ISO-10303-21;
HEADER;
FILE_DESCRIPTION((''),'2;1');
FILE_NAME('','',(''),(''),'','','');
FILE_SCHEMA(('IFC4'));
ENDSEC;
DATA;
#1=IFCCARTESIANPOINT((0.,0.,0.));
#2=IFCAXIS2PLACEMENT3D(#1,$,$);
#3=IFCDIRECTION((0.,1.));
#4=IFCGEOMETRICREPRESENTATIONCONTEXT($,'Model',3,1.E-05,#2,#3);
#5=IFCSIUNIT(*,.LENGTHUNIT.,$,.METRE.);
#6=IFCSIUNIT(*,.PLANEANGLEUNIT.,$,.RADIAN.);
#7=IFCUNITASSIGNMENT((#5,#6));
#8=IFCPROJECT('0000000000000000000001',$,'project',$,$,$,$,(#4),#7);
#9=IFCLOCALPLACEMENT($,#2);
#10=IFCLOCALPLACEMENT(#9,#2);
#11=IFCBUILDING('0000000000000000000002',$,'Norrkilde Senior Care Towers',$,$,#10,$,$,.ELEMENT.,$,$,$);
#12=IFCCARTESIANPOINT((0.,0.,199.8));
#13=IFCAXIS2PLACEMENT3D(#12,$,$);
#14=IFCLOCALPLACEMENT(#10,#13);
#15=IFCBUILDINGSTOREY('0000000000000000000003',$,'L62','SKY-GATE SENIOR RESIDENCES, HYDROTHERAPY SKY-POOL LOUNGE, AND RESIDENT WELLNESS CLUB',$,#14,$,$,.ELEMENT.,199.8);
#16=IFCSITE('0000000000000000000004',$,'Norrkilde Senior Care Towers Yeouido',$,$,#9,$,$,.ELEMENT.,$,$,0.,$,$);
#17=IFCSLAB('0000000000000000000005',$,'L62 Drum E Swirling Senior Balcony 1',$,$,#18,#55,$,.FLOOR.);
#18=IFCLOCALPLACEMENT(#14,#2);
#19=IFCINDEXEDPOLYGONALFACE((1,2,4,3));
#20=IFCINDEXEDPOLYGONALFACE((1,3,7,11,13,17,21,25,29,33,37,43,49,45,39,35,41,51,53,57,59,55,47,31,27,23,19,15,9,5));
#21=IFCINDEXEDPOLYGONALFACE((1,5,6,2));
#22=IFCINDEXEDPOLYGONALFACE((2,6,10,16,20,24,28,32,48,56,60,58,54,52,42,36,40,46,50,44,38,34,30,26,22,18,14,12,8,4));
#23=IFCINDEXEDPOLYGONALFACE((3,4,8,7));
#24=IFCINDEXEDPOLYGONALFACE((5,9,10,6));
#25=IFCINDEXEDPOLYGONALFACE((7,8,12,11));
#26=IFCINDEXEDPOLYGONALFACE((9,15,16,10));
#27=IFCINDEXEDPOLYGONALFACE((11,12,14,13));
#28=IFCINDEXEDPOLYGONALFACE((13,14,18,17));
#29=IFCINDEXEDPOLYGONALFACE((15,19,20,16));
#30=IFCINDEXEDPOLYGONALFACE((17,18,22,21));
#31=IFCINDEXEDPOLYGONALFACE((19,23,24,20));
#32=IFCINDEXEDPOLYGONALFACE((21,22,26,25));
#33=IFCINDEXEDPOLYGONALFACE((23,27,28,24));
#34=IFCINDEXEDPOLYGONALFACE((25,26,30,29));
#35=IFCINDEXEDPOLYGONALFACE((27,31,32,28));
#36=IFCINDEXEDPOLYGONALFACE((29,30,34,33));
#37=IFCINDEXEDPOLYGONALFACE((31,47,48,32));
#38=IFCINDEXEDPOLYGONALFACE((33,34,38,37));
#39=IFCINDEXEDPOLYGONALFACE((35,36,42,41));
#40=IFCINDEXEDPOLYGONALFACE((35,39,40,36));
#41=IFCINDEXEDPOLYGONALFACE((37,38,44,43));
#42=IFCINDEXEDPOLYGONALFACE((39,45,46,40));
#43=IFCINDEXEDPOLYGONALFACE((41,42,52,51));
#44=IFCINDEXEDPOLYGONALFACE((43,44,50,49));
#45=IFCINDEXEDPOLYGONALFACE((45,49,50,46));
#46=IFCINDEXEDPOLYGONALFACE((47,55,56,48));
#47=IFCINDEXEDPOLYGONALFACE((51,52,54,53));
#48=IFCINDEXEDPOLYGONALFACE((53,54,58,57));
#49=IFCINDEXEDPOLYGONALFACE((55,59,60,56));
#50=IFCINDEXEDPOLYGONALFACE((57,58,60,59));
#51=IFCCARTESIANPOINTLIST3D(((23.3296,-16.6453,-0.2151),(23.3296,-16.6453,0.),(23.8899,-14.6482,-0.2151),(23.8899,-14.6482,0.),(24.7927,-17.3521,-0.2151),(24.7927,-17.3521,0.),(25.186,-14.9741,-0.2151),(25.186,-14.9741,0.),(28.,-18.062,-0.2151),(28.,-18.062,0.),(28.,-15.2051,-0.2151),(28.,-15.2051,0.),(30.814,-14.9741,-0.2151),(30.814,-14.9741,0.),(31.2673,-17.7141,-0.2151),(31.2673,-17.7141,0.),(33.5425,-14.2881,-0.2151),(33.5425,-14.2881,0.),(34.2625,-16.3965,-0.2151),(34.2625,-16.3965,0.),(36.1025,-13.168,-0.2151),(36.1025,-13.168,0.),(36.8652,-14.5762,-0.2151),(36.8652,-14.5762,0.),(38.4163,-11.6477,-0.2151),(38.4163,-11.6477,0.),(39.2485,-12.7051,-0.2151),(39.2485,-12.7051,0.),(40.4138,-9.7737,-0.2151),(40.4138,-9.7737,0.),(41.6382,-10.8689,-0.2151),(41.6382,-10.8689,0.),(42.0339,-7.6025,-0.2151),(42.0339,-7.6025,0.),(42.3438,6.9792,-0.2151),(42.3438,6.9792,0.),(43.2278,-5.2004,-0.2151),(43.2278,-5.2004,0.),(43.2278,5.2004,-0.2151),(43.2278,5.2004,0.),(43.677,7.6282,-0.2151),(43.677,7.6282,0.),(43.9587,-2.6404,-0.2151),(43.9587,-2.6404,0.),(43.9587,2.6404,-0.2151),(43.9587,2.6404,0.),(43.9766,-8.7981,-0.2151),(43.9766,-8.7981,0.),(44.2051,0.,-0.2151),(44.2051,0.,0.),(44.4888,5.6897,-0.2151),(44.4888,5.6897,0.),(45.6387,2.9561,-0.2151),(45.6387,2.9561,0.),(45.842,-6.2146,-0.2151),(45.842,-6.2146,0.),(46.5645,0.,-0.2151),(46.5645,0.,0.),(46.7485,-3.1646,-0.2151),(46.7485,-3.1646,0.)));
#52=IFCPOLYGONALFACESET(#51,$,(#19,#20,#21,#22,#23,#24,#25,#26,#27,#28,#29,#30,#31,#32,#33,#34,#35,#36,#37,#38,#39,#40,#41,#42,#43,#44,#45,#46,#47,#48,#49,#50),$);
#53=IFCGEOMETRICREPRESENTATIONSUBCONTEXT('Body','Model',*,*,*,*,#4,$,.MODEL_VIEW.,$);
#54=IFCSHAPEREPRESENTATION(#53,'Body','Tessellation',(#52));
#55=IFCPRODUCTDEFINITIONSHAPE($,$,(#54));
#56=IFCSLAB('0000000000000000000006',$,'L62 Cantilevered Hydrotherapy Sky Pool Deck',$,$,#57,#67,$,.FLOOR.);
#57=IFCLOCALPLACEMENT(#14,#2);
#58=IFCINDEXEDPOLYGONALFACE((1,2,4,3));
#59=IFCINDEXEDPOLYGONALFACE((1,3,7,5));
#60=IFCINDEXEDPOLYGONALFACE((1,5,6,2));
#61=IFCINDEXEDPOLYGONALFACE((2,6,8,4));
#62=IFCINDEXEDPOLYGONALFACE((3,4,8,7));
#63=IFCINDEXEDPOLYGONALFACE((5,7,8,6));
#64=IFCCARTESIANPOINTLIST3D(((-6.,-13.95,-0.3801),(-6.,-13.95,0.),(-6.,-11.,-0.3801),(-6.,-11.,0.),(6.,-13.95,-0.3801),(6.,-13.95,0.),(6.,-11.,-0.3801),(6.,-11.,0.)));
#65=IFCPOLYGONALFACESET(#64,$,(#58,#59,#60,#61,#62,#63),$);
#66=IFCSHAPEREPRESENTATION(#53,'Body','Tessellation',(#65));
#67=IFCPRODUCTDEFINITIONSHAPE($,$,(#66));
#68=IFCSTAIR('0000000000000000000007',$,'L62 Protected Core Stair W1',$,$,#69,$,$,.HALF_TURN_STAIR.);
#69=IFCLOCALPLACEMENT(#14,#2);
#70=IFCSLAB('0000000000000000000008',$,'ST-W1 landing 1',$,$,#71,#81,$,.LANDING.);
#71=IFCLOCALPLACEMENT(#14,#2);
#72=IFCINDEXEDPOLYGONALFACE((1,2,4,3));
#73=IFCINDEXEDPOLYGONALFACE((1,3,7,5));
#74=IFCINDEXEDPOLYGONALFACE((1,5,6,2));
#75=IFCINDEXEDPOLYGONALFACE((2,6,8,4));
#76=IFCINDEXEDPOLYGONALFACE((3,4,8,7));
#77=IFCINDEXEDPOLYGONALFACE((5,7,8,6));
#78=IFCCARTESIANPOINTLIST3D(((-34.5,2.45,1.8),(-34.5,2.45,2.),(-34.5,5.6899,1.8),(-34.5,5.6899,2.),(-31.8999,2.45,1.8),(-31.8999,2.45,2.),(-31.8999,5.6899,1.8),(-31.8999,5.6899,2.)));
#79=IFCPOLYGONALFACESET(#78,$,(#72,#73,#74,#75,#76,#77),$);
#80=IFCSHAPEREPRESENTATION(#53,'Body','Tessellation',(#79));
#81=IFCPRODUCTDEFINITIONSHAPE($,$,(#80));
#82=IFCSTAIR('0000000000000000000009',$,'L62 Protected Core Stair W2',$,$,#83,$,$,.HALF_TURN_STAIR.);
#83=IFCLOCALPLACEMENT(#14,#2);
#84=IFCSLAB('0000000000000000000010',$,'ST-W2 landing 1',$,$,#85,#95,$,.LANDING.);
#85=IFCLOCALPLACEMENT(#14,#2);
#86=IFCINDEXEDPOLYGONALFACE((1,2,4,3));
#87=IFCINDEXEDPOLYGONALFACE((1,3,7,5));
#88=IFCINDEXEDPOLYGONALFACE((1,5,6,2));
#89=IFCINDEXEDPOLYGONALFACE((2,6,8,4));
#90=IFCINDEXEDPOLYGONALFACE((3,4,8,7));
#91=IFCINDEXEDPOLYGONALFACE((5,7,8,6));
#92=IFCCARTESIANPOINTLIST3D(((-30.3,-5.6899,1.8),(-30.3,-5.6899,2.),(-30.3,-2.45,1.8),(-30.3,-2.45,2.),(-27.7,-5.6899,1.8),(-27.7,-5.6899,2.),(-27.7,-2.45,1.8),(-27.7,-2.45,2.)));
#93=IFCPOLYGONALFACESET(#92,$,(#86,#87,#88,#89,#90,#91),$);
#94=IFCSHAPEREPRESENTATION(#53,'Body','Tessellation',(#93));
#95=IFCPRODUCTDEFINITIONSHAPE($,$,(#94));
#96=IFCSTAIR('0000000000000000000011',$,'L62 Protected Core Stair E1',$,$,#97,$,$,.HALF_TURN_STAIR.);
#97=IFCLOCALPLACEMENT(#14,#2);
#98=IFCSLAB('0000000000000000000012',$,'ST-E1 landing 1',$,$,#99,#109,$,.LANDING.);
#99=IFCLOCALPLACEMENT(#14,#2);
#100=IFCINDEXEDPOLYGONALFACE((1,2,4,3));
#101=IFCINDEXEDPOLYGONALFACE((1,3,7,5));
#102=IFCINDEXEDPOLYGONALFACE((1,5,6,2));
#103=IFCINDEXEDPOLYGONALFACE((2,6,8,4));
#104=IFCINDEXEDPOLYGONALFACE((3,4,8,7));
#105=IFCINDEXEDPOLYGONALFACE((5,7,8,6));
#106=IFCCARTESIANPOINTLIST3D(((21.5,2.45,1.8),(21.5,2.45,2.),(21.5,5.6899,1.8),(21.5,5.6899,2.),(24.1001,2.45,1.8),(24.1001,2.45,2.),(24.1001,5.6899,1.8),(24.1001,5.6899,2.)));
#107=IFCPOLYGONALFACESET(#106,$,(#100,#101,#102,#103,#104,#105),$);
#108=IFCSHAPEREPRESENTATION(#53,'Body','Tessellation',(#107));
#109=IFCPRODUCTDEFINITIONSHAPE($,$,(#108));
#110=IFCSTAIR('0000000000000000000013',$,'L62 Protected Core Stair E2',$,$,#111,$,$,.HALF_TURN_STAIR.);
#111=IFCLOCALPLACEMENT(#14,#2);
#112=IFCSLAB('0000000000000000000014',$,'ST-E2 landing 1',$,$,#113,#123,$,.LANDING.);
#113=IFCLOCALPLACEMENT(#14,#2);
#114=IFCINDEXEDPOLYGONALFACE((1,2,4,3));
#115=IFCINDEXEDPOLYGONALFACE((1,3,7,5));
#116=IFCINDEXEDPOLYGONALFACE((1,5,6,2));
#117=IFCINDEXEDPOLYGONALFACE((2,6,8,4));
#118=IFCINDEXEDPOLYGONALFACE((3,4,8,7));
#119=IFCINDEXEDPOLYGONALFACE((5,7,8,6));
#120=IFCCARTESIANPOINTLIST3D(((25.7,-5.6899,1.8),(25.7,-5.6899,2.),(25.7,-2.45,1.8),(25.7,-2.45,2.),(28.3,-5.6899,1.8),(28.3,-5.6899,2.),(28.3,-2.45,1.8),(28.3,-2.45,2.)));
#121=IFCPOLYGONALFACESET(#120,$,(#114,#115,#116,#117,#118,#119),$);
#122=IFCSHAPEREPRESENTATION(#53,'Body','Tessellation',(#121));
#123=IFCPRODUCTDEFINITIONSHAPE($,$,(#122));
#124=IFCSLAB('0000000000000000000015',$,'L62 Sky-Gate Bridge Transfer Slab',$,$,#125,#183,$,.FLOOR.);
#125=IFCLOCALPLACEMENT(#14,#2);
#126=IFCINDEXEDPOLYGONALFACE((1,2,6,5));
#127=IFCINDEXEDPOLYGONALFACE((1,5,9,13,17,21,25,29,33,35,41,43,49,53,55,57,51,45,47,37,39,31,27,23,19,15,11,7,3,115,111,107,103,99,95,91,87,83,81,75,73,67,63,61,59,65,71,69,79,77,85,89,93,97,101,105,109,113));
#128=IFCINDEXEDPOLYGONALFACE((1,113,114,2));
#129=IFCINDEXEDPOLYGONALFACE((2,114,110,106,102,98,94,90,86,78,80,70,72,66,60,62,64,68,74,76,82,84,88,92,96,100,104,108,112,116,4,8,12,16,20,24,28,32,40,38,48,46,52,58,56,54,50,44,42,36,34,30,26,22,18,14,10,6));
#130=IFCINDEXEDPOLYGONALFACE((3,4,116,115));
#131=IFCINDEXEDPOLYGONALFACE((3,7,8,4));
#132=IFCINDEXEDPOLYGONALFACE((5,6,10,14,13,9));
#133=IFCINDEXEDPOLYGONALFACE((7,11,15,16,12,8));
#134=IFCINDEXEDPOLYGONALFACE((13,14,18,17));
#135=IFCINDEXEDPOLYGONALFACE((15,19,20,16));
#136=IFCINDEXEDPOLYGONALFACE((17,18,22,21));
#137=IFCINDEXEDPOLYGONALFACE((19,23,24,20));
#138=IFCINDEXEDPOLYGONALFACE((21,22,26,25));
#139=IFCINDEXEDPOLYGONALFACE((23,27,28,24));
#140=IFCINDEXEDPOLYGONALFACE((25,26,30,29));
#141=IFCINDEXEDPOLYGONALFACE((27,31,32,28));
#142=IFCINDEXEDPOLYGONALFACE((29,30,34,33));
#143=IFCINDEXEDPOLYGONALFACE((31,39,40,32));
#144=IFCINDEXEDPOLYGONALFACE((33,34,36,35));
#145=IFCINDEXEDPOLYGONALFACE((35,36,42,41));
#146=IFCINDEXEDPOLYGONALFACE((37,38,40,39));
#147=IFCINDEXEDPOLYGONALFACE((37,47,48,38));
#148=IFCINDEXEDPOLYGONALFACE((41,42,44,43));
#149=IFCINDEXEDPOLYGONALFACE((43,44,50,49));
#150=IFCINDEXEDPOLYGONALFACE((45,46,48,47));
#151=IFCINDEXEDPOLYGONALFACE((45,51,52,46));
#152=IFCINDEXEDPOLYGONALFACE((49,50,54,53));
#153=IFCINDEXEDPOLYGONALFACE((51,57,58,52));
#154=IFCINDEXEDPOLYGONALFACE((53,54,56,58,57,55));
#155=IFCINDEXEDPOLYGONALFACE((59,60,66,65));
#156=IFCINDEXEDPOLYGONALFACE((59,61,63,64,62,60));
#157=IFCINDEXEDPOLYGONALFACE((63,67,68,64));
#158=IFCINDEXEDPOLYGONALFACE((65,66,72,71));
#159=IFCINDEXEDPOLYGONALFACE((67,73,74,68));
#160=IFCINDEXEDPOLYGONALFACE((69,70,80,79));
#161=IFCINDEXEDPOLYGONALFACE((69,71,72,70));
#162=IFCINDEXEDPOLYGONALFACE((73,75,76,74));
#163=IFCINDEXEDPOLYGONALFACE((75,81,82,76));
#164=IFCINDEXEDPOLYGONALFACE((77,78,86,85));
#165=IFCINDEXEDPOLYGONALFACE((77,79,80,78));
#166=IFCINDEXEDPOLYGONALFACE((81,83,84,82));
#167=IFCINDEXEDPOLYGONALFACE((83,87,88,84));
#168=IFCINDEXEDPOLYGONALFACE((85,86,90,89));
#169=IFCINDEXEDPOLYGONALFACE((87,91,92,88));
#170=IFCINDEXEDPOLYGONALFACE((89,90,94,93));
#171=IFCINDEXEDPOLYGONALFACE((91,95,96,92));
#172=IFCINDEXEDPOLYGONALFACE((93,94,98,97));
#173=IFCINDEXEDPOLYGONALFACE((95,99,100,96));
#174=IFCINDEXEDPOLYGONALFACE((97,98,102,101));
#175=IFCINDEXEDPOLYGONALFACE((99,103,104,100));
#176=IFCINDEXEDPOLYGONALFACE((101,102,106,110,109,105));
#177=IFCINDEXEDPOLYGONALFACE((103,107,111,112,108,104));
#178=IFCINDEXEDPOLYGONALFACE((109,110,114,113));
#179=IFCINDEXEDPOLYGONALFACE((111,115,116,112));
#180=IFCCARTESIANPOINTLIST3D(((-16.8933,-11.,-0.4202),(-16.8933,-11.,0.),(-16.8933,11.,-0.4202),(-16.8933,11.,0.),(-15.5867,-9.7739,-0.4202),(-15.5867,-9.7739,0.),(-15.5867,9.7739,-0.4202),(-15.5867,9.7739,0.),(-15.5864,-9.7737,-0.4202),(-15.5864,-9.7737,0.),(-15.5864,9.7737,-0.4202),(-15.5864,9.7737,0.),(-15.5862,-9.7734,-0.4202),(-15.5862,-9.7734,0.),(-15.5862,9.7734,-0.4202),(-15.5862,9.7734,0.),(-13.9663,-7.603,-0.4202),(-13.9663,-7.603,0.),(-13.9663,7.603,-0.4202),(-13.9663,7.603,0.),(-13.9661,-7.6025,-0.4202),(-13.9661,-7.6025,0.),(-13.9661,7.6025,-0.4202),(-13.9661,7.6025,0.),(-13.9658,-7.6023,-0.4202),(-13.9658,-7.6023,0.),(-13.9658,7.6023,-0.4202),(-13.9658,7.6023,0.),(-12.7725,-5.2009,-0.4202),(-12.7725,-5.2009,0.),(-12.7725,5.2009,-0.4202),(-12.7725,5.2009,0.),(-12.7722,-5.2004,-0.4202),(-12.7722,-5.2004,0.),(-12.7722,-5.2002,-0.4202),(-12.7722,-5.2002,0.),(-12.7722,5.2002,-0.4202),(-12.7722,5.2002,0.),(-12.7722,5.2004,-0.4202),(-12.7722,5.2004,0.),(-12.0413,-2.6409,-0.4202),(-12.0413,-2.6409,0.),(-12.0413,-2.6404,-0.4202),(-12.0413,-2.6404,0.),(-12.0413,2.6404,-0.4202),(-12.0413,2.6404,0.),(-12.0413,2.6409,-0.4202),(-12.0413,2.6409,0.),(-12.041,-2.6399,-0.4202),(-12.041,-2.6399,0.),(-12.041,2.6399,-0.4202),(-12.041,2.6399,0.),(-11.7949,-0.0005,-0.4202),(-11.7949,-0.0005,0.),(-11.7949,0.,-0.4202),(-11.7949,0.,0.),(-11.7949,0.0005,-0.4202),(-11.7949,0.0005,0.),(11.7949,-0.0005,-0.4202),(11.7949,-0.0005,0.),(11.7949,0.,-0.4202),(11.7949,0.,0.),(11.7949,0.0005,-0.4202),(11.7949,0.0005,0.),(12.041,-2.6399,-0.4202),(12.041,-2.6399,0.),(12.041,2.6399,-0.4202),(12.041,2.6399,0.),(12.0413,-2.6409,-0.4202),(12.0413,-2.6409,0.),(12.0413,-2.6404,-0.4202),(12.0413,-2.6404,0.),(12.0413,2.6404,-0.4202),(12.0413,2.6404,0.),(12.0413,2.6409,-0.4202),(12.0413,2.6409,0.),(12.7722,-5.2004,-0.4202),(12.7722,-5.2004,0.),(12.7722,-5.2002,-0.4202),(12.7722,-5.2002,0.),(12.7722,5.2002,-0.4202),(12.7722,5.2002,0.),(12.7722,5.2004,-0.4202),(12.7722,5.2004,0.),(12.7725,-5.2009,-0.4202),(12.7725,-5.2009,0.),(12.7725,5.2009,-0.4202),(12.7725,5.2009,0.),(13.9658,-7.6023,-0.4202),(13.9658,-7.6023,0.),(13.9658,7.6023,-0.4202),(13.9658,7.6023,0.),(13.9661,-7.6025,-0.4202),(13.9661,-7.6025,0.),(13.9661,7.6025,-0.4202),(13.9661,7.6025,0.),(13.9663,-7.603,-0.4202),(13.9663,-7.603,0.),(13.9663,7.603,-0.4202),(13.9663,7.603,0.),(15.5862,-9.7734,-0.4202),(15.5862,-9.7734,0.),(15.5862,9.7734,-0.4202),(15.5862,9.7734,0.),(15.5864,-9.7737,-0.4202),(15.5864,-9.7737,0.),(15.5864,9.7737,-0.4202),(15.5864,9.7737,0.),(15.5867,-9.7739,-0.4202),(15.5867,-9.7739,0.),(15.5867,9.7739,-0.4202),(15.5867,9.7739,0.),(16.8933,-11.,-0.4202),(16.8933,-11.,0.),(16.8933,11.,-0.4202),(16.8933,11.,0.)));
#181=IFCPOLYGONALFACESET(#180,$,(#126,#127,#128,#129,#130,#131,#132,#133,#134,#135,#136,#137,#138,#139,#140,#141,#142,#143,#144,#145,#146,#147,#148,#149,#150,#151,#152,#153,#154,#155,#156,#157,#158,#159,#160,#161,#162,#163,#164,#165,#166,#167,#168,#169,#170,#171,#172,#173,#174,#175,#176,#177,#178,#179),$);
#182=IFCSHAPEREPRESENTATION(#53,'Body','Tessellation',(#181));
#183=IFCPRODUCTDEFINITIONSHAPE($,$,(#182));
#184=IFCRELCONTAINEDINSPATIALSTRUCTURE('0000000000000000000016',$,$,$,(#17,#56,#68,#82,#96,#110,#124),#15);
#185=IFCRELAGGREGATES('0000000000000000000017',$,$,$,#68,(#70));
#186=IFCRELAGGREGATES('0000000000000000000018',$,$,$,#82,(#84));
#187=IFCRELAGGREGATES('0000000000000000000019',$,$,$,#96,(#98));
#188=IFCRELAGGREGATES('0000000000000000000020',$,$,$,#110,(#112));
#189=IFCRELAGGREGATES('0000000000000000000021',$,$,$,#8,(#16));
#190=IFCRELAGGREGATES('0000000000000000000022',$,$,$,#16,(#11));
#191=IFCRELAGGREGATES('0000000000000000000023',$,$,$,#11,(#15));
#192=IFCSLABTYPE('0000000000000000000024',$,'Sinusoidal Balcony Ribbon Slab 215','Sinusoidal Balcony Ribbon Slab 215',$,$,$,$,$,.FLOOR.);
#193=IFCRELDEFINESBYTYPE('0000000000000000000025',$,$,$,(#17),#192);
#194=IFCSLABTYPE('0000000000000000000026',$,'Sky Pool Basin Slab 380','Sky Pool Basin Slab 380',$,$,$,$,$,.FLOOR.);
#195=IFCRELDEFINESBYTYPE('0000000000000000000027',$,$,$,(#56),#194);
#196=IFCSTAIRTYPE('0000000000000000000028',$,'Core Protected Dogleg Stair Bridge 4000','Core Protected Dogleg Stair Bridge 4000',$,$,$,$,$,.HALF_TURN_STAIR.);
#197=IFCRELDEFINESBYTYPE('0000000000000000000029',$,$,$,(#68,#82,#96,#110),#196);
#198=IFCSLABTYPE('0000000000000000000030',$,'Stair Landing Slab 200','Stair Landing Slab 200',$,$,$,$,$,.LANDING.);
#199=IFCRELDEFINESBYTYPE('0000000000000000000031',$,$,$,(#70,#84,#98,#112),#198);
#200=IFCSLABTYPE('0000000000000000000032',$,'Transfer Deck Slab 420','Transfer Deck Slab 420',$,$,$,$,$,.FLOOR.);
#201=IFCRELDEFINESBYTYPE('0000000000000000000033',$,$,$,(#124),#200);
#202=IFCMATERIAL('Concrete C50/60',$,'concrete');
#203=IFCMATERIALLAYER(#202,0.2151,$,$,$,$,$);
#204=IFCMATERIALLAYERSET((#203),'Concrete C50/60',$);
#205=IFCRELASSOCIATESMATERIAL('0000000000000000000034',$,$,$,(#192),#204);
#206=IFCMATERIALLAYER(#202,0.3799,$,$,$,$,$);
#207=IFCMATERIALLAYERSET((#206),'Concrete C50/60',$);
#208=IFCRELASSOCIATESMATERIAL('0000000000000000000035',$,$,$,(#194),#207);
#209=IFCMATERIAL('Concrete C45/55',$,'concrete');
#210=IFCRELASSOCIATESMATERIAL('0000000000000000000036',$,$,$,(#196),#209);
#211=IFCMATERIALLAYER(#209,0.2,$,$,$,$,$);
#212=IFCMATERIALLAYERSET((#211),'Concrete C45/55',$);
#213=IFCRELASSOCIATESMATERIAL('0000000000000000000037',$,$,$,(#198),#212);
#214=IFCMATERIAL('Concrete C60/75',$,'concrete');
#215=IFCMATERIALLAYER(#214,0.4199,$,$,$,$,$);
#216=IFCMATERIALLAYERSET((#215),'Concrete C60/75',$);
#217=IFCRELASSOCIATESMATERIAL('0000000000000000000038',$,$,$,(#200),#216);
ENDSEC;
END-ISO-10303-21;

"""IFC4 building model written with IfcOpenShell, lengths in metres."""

from ifc_helpers import new_model, si_unit, direction, frame, origin, place, context, subcontext, project, spatial, polyline, outline, extrude, material, layer, layer_set, type_object, element, aggregate, save


model = new_model("IFC4")

# Units and contexts
model_context = context("Model", 3, precision=1e-05, world=origin(), true_north=direction((0.0, 1.0)))
body_context = subcontext(model_context, "Body", "Model", "MODEL_VIEW")
ifc_project = project(units=[si_unit("LENGTHUNIT", "METRE"), si_unit("PLANEANGLEUNIT", "RADIAN")], contexts=[model_context])

# Site, building, storey
site_placement = place(None, origin())
site = spatial("IfcSite", under=ifc_project, at=site_placement, Name="Norrkilde Senior Care Towers Yeouido", CompositionType="ELEMENT", RefElevation=0.0)
building_placement = place(site_placement, origin())
building = spatial("IfcBuilding", under=site, at=building_placement, Name="Norrkilde Senior Care Towers", CompositionType="ELEMENT")
storey_placement = place(building_placement, frame((0.0, 0.0, 199.8)))
storey = spatial("IfcBuildingStorey", under=building, at=storey_placement, Name="L62", Description="SKY-GATE SENIOR RESIDENCES, HYDROTHERAPY SKY-POOL LOUNGE, AND RESIDENT WELLNESS CLUB", CompositionType="ELEMENT", Elevation=199.8)

# Slabs
ifc_material_1 = material(Name="Concrete C50/60", Category="concrete")
ifc_layer_1 = layer(ifc_material_1, 0.2151)
ifc_layer_set_1 = layer_set([ifc_layer_1], Name="Concrete C50/60")
slab_type_1 = type_object("IfcSlabType", Name="Sinusoidal Balcony Ribbon Slab 215", Description="Sinusoidal Balcony Ribbon Slab 215", PredefinedType="FLOOR", material=ifc_layer_set_1)
slab_1_placement = place(storey_placement, frame((0.0, 0.0, -0.2151)))
element("IfcSlab", 1, at=slab_1_placement, inside=storey, type_object=slab_type_1, Name="L62 Drum E Swirling Senior Balcony 1", PredefinedType="FLOOR", context=body_context, shape_type="SweptSolid", body=[
    extrude(outline(polyline([(41.6382, -10.8689), (39.2485, -12.7051), (36.8652, -14.5762), (34.2625, -16.3965), (31.2673, -17.7141), (28.0, -18.062), (24.7927, -17.3521), (23.3296, -16.6453), (23.8899, -14.6482), (25.186, -14.9741), (28.0, -15.2051), (30.814, -14.9741), (33.5425, -14.2881), (36.1025, -13.168), (38.4163, -11.6477), (40.4138, -9.7737), (42.0339, -7.6025), (43.2278, -5.2004), (43.9587, -2.6404), (44.2051, 0.0), (43.9587, 2.6404), (43.2278, 5.2004), (42.3438, 6.9792), (43.677, 7.6282), (44.4888, 5.6897), (45.6387, 2.9561), (46.5645, 0.0), (46.7485, -3.1646), (45.842, -6.2146), (43.9766, -8.7981), (41.6382, -10.8689)])), origin(), (0.0, 0.0, 1.0), 0.2151),
])
ifc_layer_2 = layer(ifc_material_1, 0.3799)
ifc_layer_set_2 = layer_set([ifc_layer_2], Name="Concrete C50/60")
slab_type_2 = type_object("IfcSlabType", Name="Sky Pool Basin Slab 380", Description="Sky Pool Basin Slab 380", PredefinedType="FLOOR", material=ifc_layer_set_2)
slab_2_placement = place(storey_placement, frame((0.0, 0.0, -0.3801)))
element("IfcSlab", 2, at=slab_2_placement, inside=storey, type_object=slab_type_2, Name="L62 Cantilevered Hydrotherapy Sky Pool Deck", PredefinedType="FLOOR", context=body_context, shape_type="SweptSolid", body=[
    extrude(outline(polyline([(-6.0, -13.95), (6.0, -13.95), (6.0, -11.0), (-6.0, -11.0), (-6.0, -13.95)])), origin(), (0.0, 0.0, 1.0), 0.3801),
])

# Stairs, slabs
ifc_material_2 = material(Name="Concrete C45/55", Category="concrete")
stair_type = type_object("IfcStairType", Name="Core Protected Dogleg Stair Bridge 4000", Description="Core Protected Dogleg Stair Bridge 4000", PredefinedType="HALF_TURN_STAIR", material=ifc_material_2)
stair_1_placement = place(storey_placement, origin())
stair_1 = element("IfcStair", 3, at=stair_1_placement, inside=storey, type_object=stair_type, Name="L62 Protected Core Stair W1", PredefinedType="HALF_TURN_STAIR")
ifc_layer_3 = layer(ifc_material_2, 0.2)
ifc_layer_set_3 = layer_set([ifc_layer_3], Name="Concrete C45/55")
slab_type_3 = type_object("IfcSlabType", Name="Stair Landing Slab 200", Description="Stair Landing Slab 200", PredefinedType="LANDING", material=ifc_layer_set_3)
slab_3_placement = place(storey_placement, frame((0.0, 0.0, 1.8)))
slab_3 = element("IfcSlab", 4, at=slab_3_placement, type_object=slab_type_3, Name="ST-W1 landing 1", PredefinedType="LANDING", context=body_context, shape_type="SweptSolid", body=[
    extrude(outline(polyline([(-31.8999, 5.6899), (-34.5, 5.6899), (-34.5, 2.45), (-31.8999, 2.45), (-31.8999, 5.6899)])), origin(), (0.0, 0.0, 1.0), 0.2),
])
aggregate(stair_1, [slab_3])
stair_2_placement = place(storey_placement, origin())
stair_2 = element("IfcStair", 5, at=stair_2_placement, inside=storey, type_object=stair_type, Name="L62 Protected Core Stair W2", PredefinedType="HALF_TURN_STAIR")
slab_4_placement = place(storey_placement, frame((0.0, 0.0, 1.8)))
slab_4 = element("IfcSlab", 6, at=slab_4_placement, type_object=slab_type_3, Name="ST-W2 landing 1", PredefinedType="LANDING", context=body_context, shape_type="SweptSolid", body=[
    extrude(outline(polyline([(-30.3, -5.6899), (-27.7, -5.6899), (-27.7, -2.45), (-30.3, -2.45), (-30.3, -5.6899)])), origin(), (0.0, 0.0, 1.0), 0.2),
])
aggregate(stair_2, [slab_4])
stair_3_placement = place(storey_placement, origin())
stair_3 = element("IfcStair", 7, at=stair_3_placement, inside=storey, type_object=stair_type, Name="L62 Protected Core Stair E1", PredefinedType="HALF_TURN_STAIR")
slab_5_placement = place(storey_placement, frame((0.0, 0.0, 1.8)))
slab_5 = element("IfcSlab", 8, at=slab_5_placement, type_object=slab_type_3, Name="ST-E1 landing 1", PredefinedType="LANDING", context=body_context, shape_type="SweptSolid", body=[
    extrude(outline(polyline([(24.1001, 5.6899), (21.5, 5.6899), (21.5, 2.45), (24.1001, 2.45), (24.1001, 5.6899)])), origin(), (0.0, 0.0, 1.0), 0.2),
])
aggregate(stair_3, [slab_5])
stair_4_placement = place(storey_placement, origin())
stair_4 = element("IfcStair", 9, at=stair_4_placement, inside=storey, type_object=stair_type, Name="L62 Protected Core Stair E2", PredefinedType="HALF_TURN_STAIR")
slab_6_placement = place(storey_placement, frame((0.0, 0.0, 1.8)))
slab_6 = element("IfcSlab", 10, at=slab_6_placement, type_object=slab_type_3, Name="ST-E2 landing 1", PredefinedType="LANDING", context=body_context, shape_type="SweptSolid", body=[
    extrude(outline(polyline([(25.7, -5.6899), (28.3, -5.6899), (28.3, -2.45), (25.7, -2.45), (25.7, -5.6899)])), origin(), (0.0, 0.0, 1.0), 0.2),
])
aggregate(stair_4, [slab_6])

# Slab
ifc_material_3 = material(Name="Concrete C60/75", Category="concrete")
ifc_layer_4 = layer(ifc_material_3, 0.4199)
ifc_layer_set_4 = layer_set([ifc_layer_4], Name="Concrete C60/75")
slab_type_4 = type_object("IfcSlabType", Name="Transfer Deck Slab 420", Description="Transfer Deck Slab 420", PredefinedType="FLOOR", material=ifc_layer_set_4)
slab_7_placement = place(storey_placement, frame((0.0, 0.0, -0.4202)))
element("IfcSlab", 11, at=slab_7_placement, inside=storey, type_object=slab_type_4, Name="L62 Sky-Gate Bridge Transfer Slab", PredefinedType="FLOOR", context=body_context, shape_type="SweptSolid", body=[
    extrude(outline(polyline([(16.8933, 11.0), (15.5867, 9.7739), (15.5864, 9.7737), (15.5862, 9.7734), (13.9663, 7.603), (13.9661, 7.6025), (13.9658, 7.6023), (12.7725, 5.2009), (12.7722, 5.2004), (12.7722, 5.2002), (12.0413, 2.6409), (12.0413, 2.6404), (12.041, 2.6399), (11.7949, 0.0005), (11.7949, 0.0), (11.7949, -0.0005), (12.041, -2.6399), (12.0413, -2.6404), (12.0413, -2.6409), (12.7722, -5.2002), (12.7722, -5.2004), (12.7725, -5.2009), (13.9658, -7.6023), (13.9661, -7.6025), (13.9663, -7.603), (15.5862, -9.7734), (15.5864, -9.7737), (15.5867, -9.7739), (16.8933, -11.0), (-16.8933, -11.0), (-15.5867, -9.7739), (-15.5864, -9.7737), (-15.5862, -9.7734), (-13.9663, -7.603), (-13.9661, -7.6025), (-13.9658, -7.6023), (-12.7725, -5.2009), (-12.7722, -5.2004), (-12.7722, -5.2002), (-12.0413, -2.6409), (-12.0413, -2.6404), (-12.041, -2.6399), (-11.7949, -0.0005), (-11.7949, 0.0), (-11.7949, 0.0005), (-12.041, 2.6399), (-12.0413, 2.6404), (-12.0413, 2.6409), (-12.7722, 5.2002), (-12.7722, 5.2004), (-12.7725, 5.2009), (-13.9658, 7.6023), (-13.9661, 7.6025), (-13.9663, 7.603), (-15.5862, 9.7734), (-15.5864, 9.7737), (-15.5867, 9.7739), (-16.8933, 11.0), (16.8933, 11.0)])), origin(), (0.0, 0.0, 1.0), 0.4202),
])

save(model, "model.ifc")
